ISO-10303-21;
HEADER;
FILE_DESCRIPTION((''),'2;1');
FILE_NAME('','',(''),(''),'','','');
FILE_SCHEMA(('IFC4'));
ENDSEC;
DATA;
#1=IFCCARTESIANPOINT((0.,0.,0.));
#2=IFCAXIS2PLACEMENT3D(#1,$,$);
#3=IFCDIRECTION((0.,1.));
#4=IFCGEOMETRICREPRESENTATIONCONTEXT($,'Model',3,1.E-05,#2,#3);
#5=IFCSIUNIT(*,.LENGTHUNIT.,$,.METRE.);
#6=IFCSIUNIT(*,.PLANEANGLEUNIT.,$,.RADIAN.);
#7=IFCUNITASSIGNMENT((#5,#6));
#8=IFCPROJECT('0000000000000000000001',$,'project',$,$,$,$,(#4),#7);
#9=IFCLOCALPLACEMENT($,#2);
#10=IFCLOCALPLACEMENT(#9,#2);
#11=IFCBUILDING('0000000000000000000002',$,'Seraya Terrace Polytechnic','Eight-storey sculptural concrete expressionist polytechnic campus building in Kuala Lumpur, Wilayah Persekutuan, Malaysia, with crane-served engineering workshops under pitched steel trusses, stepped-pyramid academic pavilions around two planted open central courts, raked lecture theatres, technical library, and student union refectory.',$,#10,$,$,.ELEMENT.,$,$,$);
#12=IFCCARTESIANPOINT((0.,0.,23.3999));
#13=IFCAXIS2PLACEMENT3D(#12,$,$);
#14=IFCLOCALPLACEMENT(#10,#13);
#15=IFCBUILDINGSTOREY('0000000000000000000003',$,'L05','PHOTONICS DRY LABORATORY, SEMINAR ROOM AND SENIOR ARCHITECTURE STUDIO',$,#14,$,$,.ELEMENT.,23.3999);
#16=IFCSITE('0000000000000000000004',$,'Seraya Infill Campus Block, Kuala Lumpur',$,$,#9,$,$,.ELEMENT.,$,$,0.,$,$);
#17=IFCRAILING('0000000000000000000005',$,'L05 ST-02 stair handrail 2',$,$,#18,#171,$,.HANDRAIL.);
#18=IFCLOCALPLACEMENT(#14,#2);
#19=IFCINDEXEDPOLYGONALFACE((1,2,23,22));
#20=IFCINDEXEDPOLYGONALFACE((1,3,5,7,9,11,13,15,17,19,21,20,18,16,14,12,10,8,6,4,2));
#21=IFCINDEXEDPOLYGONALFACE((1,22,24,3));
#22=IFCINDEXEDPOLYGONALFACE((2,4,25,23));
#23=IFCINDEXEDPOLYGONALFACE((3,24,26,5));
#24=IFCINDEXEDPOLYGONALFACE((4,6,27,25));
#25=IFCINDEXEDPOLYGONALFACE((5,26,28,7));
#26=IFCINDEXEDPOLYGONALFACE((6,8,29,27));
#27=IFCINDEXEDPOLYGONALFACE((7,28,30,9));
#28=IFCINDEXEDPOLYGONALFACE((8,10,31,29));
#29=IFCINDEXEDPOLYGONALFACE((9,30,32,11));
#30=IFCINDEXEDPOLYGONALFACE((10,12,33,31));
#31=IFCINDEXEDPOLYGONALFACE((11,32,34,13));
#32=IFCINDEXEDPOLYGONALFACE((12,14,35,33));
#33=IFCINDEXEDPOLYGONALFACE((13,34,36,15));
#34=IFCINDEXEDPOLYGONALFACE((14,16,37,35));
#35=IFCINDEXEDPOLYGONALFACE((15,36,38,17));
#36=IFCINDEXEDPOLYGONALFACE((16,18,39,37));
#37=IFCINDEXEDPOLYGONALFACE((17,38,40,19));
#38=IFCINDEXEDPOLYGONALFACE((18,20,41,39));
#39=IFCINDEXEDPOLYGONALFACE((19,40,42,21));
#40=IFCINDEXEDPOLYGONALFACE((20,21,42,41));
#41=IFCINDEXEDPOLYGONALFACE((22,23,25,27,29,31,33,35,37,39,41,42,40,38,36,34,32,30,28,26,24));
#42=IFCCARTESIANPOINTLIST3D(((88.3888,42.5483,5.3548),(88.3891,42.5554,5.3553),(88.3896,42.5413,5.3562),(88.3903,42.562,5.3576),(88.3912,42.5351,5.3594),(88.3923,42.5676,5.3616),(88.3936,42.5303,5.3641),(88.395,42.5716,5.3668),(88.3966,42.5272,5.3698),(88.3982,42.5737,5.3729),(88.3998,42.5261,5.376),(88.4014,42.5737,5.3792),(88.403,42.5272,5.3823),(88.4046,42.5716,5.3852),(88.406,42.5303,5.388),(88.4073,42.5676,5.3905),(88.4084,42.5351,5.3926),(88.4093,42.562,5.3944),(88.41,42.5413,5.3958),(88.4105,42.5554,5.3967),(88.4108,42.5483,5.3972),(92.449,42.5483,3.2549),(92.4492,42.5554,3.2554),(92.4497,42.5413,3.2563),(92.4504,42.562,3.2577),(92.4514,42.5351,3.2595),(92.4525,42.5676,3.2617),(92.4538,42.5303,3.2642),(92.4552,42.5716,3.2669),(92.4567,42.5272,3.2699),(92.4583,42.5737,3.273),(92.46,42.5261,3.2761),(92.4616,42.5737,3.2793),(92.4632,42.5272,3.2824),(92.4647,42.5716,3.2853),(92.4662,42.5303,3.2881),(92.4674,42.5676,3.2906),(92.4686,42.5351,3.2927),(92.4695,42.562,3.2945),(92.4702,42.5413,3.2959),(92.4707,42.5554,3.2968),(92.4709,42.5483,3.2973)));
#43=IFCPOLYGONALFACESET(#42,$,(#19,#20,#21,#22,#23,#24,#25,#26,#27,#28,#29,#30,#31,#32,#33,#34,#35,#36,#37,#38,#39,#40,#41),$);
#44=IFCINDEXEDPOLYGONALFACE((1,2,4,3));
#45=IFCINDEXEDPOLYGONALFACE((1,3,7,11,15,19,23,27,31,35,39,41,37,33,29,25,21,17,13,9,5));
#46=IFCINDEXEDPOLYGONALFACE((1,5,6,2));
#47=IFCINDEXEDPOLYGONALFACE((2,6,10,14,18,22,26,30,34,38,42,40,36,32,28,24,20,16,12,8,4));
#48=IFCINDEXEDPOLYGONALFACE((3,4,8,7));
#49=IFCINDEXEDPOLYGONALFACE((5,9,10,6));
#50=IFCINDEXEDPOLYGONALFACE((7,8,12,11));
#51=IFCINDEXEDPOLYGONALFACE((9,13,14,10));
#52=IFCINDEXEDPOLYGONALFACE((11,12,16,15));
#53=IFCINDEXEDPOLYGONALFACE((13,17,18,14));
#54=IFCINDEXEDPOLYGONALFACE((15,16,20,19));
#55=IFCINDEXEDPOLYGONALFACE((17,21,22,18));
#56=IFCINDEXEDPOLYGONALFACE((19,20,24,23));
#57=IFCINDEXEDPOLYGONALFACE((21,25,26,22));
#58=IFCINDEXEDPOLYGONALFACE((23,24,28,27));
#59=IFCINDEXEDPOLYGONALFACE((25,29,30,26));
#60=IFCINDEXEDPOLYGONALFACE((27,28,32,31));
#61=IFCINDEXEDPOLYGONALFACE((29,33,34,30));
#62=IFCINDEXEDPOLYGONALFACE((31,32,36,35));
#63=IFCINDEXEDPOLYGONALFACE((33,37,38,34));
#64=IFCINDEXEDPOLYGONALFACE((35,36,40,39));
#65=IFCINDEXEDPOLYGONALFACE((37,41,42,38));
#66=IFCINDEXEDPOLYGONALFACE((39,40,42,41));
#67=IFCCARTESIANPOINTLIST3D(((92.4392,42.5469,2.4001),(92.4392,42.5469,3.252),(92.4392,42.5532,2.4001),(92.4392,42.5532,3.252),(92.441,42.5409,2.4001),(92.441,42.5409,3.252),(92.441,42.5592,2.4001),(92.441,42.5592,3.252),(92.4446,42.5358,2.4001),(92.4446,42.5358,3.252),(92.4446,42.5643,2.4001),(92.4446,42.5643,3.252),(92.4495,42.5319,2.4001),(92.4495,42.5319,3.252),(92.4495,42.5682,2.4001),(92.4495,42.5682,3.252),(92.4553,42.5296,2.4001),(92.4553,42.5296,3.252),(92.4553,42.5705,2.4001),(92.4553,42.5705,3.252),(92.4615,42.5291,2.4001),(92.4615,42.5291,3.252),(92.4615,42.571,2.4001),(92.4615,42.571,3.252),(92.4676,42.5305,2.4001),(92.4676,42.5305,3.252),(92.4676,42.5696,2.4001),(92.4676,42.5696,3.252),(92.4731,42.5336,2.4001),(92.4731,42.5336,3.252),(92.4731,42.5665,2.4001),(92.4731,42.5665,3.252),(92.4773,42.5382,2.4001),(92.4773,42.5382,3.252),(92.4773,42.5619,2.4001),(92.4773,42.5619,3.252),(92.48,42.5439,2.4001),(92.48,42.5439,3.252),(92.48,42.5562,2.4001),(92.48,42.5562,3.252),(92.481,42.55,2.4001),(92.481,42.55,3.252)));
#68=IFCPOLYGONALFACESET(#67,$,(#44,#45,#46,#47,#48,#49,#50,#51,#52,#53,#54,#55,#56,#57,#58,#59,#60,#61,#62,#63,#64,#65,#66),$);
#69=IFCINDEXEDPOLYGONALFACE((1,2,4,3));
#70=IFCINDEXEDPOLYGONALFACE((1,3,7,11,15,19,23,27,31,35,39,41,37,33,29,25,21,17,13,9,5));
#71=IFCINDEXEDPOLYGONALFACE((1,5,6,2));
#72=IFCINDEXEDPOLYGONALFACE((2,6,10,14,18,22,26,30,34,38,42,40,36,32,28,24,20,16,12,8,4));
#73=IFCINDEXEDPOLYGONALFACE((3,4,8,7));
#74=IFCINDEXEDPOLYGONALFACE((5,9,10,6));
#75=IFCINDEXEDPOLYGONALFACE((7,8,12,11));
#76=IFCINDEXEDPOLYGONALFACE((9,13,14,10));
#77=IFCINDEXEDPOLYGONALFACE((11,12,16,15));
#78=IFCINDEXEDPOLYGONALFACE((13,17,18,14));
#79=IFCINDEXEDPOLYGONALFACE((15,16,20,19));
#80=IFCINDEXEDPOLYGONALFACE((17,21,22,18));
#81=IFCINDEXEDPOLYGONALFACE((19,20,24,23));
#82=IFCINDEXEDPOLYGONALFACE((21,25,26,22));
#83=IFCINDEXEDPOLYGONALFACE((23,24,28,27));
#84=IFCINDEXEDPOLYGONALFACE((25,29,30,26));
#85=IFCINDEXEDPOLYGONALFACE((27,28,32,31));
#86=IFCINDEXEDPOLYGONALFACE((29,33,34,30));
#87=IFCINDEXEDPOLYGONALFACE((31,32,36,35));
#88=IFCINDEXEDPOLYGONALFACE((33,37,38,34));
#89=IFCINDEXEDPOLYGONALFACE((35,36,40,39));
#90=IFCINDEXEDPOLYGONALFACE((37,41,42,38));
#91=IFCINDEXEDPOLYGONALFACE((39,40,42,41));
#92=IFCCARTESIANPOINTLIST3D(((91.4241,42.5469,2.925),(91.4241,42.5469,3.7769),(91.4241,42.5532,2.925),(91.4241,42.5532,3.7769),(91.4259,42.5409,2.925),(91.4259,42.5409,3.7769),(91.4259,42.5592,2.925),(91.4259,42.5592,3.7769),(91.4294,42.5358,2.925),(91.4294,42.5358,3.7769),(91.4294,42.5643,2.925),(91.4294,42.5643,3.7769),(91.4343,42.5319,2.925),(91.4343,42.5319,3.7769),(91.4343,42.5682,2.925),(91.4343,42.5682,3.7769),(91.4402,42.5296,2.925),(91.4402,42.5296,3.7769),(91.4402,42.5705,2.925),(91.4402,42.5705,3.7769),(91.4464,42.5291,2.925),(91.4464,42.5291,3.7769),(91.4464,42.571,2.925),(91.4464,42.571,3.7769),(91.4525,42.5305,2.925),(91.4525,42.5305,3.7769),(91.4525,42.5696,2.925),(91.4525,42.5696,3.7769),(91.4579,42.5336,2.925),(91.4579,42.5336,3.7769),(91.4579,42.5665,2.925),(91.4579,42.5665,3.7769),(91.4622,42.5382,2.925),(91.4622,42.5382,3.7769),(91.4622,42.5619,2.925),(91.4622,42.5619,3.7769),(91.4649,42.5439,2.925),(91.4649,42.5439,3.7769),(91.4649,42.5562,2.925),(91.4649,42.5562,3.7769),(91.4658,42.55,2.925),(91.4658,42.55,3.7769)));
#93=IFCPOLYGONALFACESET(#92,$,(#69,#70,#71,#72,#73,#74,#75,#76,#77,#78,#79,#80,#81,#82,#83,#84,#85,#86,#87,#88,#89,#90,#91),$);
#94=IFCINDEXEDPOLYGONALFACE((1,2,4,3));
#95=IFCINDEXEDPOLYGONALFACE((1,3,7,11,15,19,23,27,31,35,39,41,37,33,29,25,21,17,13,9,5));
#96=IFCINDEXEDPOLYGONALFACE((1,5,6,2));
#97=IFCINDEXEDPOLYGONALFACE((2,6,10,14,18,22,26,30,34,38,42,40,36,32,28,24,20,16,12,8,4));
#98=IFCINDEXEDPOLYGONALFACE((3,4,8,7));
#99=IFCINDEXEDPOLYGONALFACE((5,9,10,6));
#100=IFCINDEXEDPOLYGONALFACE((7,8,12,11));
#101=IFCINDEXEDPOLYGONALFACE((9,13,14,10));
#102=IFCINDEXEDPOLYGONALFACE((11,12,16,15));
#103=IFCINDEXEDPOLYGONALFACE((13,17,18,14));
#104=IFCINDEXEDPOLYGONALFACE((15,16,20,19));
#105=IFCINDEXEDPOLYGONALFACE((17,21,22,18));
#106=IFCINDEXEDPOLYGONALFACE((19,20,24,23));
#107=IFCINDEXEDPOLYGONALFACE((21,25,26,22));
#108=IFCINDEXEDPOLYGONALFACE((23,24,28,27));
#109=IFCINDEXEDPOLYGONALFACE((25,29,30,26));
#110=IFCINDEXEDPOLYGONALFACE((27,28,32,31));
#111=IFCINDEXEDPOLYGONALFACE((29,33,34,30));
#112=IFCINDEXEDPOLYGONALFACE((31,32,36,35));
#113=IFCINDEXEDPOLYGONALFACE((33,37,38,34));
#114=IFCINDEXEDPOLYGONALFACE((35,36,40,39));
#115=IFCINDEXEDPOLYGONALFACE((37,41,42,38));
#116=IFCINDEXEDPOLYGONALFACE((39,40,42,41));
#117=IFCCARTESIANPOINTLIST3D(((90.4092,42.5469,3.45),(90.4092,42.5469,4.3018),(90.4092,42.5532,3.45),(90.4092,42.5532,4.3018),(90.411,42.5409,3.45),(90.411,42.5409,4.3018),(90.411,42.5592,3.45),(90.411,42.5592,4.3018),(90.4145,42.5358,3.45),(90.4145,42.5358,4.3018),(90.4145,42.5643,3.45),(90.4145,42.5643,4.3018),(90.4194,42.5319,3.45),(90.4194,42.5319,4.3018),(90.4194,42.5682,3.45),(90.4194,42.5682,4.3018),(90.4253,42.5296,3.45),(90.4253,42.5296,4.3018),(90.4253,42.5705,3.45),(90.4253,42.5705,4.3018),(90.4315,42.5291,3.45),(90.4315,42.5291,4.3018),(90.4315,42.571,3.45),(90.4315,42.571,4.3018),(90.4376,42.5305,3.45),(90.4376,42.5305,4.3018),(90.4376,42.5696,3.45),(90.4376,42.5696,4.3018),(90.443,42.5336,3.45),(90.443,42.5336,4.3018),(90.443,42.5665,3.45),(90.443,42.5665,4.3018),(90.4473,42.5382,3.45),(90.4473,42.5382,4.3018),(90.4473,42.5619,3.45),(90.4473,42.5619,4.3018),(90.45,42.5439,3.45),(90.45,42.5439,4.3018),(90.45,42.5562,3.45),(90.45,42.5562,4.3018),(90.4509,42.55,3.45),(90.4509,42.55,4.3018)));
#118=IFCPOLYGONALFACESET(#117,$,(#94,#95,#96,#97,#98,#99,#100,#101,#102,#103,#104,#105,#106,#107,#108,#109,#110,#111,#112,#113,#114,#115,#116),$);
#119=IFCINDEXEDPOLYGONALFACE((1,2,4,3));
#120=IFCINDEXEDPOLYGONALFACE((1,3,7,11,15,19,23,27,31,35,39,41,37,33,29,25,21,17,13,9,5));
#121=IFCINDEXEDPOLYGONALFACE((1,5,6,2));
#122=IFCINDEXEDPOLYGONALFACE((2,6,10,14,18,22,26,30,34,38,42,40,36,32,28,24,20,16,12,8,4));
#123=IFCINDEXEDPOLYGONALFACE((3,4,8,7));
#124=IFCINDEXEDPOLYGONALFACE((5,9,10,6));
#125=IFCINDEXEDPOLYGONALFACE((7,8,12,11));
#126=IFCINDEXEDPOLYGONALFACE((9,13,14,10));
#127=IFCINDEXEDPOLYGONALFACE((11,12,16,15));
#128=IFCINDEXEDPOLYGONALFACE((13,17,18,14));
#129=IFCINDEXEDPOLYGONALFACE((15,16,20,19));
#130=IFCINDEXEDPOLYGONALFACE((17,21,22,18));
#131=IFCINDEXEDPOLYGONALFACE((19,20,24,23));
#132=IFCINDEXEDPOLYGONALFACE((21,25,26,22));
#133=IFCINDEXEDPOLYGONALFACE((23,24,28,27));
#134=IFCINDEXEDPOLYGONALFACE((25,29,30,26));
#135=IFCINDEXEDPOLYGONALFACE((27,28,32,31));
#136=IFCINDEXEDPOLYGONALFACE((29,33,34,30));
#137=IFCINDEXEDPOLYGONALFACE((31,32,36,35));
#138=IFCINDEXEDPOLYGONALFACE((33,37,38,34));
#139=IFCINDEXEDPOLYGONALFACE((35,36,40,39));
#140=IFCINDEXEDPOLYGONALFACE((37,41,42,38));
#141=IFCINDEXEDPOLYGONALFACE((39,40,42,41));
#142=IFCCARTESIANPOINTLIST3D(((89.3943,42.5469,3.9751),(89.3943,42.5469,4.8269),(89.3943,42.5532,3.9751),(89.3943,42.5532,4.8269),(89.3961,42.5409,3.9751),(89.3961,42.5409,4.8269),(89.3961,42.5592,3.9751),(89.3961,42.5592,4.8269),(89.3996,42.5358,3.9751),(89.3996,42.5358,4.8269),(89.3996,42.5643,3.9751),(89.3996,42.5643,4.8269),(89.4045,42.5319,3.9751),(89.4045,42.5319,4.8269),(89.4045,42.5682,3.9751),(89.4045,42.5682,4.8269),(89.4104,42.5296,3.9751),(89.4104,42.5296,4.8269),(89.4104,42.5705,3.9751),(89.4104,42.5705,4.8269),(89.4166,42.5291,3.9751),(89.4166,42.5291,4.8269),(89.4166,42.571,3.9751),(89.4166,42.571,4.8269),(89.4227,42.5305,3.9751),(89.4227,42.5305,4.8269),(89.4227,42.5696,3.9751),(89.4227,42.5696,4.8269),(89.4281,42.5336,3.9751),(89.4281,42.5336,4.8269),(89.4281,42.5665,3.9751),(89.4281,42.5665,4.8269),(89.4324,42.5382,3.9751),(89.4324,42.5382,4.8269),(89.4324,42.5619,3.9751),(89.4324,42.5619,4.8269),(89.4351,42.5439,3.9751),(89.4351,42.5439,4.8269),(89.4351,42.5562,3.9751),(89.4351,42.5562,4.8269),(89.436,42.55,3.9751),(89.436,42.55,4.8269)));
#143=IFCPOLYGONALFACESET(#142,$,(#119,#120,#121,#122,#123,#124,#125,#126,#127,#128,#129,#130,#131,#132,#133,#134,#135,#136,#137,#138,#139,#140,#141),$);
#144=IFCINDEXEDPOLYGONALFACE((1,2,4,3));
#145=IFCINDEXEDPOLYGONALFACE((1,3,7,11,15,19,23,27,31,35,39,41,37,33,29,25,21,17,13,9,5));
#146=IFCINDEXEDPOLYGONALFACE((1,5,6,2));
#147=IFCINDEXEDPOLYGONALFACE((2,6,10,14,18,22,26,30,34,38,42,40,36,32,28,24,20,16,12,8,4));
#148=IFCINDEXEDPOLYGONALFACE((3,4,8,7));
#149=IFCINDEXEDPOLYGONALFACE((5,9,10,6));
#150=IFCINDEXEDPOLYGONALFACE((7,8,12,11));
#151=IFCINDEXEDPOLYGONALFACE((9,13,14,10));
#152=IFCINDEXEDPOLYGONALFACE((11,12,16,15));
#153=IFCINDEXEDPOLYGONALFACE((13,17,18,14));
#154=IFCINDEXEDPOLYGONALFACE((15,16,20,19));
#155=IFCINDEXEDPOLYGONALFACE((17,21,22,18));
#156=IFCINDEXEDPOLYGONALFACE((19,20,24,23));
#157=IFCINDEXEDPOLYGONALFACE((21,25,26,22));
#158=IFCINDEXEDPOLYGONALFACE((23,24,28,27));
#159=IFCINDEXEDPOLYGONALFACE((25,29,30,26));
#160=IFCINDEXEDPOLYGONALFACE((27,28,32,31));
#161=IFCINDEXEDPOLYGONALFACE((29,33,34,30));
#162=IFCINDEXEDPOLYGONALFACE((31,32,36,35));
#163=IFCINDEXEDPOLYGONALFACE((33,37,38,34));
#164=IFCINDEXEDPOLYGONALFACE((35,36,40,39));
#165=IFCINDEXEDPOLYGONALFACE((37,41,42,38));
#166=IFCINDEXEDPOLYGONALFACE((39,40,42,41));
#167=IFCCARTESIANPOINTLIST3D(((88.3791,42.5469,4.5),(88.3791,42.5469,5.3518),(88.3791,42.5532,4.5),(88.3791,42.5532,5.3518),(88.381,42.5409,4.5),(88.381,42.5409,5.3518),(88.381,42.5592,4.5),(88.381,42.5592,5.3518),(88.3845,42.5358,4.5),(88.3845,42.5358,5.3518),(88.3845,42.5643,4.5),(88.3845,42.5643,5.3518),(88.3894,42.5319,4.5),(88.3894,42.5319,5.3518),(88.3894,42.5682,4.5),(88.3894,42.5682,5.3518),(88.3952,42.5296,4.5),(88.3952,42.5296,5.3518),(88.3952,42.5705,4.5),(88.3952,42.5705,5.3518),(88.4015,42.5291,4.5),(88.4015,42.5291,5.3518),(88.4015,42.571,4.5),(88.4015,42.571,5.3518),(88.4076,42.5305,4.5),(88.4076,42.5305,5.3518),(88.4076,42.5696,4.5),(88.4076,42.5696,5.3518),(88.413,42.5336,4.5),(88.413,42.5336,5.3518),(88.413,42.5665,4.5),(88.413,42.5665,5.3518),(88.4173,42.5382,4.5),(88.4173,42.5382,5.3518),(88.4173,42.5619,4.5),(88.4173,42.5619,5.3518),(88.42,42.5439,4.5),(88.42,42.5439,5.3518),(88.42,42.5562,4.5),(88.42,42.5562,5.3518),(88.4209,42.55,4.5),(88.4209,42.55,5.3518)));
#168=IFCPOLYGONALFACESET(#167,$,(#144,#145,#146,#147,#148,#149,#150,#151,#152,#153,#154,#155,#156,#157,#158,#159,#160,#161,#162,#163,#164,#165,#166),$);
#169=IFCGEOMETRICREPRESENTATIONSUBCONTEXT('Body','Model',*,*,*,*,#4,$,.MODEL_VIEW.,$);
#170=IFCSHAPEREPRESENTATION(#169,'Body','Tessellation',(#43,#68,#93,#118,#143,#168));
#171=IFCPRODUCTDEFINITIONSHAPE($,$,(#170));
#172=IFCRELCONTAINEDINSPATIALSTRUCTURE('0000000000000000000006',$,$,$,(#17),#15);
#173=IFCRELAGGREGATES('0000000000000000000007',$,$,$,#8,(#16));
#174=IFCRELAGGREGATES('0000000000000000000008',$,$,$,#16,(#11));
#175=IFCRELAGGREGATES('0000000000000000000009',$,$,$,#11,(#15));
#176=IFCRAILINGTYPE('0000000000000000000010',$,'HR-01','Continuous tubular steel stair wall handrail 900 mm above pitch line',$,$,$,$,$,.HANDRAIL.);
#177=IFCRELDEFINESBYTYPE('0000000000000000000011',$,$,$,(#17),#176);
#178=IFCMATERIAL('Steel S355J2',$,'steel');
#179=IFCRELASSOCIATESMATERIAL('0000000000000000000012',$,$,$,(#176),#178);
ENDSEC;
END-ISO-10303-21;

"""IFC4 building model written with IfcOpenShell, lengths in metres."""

from ifc_helpers import new_model, si_unit, direction, frame, origin, origin_2d, place, context, subcontext, project, spatial, circle, extrude, material, type_object, element, save


model = new_model("IFC4")

# Units and contexts
model_context = context("Model", 3, precision=1e-05, world=origin(), true_north=direction((0.0, 1.0)))
body_context = subcontext(model_context, "Body", "Model", "MODEL_VIEW")
ifc_project = project(units=[si_unit("LENGTHUNIT", "METRE"), si_unit("PLANEANGLEUNIT", "RADIAN")], contexts=[model_context])

# Site, building, storey
site_placement = place(None, origin())
site = spatial("IfcSite", under=ifc_project, at=site_placement, Name="Seraya Infill Campus Block, Kuala Lumpur", CompositionType="ELEMENT", RefElevation=0.0)
building_placement = place(site_placement, origin())
building = spatial("IfcBuilding", under=site, at=building_placement, Name="Seraya Terrace Polytechnic", Description="Eight-storey sculptural concrete expressionist polytechnic campus building in Kuala Lumpur, Wilayah Persekutuan, Malaysia, with crane-served engineering workshops under pitched steel trusses, stepped-pyramid academic pavilions around two planted open central courts, raked lecture theatres, technical library, and student union refectory.", CompositionType="ELEMENT")
storey_placement = place(building_placement, frame((0.0, 0.0, 23.3999)))
storey = spatial("IfcBuildingStorey", under=building, at=storey_placement, Name="L05", Description="PHOTONICS DRY LABORATORY, SEMINAR ROOM AND SENIOR ARCHITECTURE STUDIO", CompositionType="ELEMENT", Elevation=23.3999)

# Railing
ifc_material_1 = material(Name="Steel S355J2", Category="steel")
railing_type_1 = type_object("IfcRailingType", Name="HR-01", Description="Continuous tubular steel stair wall handrail 900 mm above pitch line", PredefinedType="HANDRAIL", material=ifc_material_1)
railing_1_placement = place(storey_placement, frame((92.46, 42.55, 2.4001)))
element("IfcRailing", 1, at=railing_1_placement, inside=storey, type_object=railing_type_1, Name="L05 ST-02 stair handrail 2", PredefinedType="HANDRAIL", context=body_context, shape_type="SweptSolid", body=[
    extrude(circle(Radius=0.0239, at=origin_2d()), frame((0.0, 0.0, 0.876), z_axis=(-0.888233, 0.0, 0.459392), x_axis=(0.0, -1.0, 0.0)), (0.0, 0.0, 1.0), 4.571),
    extrude(circle(Radius=0.021, at=origin_2d()), origin(), (0.0, 0.0, 1.0), 0.8518),
    extrude(circle(Radius=0.021, at=origin_2d()), frame((-1.0151, 0.0, 0.5249)), (0.0, 0.0, 1.0), 0.8518),
    extrude(circle(Radius=0.021, at=origin_2d()), frame((-2.03, 0.0, 1.0498)), (0.0, 0.0, 1.0), 0.8518),
    extrude(circle(Radius=0.021, at=origin_2d()), frame((-3.0449, 0.0, 1.575)), (0.0, 0.0, 1.0), 0.8518),
    extrude(circle(Radius=0.021, at=origin_2d()), frame((-4.0601, 0.0, 2.0999)), (0.0, 0.0, 1.0), 0.8518),
])

save(model, "model.ifc")
